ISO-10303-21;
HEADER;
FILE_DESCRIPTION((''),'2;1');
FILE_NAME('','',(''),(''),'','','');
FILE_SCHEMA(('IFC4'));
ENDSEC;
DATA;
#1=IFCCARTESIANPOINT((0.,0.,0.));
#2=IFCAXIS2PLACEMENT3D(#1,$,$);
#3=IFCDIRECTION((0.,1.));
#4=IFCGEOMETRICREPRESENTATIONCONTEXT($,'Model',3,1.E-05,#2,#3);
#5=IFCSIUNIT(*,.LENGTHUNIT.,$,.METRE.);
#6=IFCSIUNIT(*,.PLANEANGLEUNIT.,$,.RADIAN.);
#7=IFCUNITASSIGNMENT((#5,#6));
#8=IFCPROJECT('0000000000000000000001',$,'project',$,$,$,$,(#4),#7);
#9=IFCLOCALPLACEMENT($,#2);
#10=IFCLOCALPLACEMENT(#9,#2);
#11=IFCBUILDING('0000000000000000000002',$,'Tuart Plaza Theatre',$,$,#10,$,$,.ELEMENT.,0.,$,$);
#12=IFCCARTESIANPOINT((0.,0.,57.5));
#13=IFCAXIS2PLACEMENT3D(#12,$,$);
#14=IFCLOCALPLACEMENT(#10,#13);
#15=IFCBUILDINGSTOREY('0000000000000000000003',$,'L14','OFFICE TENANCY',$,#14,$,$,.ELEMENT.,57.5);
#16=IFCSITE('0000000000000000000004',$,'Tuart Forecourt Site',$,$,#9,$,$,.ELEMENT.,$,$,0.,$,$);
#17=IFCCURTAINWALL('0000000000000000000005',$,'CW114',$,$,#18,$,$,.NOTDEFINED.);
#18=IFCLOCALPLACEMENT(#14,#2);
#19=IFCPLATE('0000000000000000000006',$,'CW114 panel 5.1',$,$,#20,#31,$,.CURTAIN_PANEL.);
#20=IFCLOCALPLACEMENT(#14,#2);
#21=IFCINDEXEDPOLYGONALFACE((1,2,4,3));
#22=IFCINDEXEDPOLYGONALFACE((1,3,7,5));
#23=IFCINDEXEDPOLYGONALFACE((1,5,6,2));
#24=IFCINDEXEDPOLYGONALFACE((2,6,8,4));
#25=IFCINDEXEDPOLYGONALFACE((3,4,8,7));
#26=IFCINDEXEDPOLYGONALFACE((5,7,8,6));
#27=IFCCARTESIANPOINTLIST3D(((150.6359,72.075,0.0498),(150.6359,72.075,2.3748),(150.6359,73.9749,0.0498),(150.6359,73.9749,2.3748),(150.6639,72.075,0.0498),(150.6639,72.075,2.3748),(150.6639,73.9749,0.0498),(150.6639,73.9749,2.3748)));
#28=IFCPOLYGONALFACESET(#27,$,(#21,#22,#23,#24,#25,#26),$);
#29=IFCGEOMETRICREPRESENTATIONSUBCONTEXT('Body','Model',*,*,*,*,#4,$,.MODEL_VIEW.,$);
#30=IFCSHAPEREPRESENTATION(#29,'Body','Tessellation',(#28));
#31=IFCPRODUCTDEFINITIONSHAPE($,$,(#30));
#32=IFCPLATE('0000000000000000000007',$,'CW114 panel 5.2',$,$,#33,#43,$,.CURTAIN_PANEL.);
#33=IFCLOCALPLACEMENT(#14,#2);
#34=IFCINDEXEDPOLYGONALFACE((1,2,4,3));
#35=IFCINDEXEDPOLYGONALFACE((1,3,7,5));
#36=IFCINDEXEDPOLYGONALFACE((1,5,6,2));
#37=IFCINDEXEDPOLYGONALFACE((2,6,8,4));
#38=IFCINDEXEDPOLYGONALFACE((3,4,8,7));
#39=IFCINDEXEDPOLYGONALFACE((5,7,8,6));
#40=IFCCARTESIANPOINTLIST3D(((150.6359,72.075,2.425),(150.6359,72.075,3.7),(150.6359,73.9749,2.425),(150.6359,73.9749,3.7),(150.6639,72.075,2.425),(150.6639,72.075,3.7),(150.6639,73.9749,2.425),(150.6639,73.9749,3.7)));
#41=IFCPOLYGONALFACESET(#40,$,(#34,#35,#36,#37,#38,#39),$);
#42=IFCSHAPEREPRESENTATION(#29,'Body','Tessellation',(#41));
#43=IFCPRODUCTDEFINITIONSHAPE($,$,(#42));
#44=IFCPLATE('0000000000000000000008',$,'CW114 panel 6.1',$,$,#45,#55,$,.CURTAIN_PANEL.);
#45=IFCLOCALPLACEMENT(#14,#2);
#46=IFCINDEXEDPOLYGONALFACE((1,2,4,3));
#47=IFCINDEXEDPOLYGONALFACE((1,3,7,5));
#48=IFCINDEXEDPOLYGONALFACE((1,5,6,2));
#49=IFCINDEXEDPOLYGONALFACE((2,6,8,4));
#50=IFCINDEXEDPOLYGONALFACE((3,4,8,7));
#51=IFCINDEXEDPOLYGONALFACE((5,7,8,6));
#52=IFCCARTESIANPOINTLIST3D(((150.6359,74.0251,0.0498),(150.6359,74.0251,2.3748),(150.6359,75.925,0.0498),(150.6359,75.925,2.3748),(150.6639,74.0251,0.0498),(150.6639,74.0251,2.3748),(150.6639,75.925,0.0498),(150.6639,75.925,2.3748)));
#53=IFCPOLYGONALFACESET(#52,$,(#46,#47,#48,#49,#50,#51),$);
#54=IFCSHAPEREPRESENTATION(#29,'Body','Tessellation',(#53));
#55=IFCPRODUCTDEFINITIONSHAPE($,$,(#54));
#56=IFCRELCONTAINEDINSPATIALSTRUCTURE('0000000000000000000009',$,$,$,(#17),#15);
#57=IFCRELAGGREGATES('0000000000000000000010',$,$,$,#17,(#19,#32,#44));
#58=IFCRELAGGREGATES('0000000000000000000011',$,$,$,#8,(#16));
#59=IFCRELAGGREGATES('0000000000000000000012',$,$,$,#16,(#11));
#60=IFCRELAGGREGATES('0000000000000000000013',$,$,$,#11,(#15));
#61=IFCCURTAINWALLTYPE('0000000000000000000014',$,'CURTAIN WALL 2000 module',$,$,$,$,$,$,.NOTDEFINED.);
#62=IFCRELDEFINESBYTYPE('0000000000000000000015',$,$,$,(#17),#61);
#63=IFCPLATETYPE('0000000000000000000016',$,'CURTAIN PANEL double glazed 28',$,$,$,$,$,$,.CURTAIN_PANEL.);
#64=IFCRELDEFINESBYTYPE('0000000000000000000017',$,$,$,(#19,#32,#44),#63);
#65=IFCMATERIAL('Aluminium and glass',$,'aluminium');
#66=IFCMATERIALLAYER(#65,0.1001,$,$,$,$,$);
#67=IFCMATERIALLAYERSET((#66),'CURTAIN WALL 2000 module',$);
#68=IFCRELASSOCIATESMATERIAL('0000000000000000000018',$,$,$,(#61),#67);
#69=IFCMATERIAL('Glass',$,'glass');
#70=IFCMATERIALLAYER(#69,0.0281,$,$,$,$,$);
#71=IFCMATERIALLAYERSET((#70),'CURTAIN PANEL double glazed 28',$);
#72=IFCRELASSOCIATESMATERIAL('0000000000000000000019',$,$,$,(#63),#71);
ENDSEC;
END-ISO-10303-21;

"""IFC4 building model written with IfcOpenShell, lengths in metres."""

from ifc_helpers import new_model, si_unit, direction, frame, origin, origin_2d, place, context, subcontext, project, spatial, rectangle, extrude, material, layer, layer_set, type_object, element, aggregate, save


model = new_model("IFC4")

# Units and contexts
model_context = context("Model", 3, precision=1e-05, world=origin(), true_north=direction((0.0, 1.0)))
body_context = subcontext(model_context, "Body", "Model", "MODEL_VIEW")
ifc_project = project(units=[si_unit("LENGTHUNIT", "METRE"), si_unit("PLANEANGLEUNIT", "RADIAN")], contexts=[model_context])

# Site, building, storey
site_placement = place(None, origin())
site = spatial("IfcSite", under=ifc_project, at=site_placement, Name="Tuart Forecourt Site", CompositionType="ELEMENT", RefElevation=0.0)
building_placement = place(site_placement, origin())
building = spatial("IfcBuilding", under=site, at=building_placement, Name="Tuart Plaza Theatre", CompositionType="ELEMENT", ElevationOfRefHeight=0.0)
storey_placement = place(building_placement, frame((0.0, 0.0, 57.5)))
storey = spatial("IfcBuildingStorey", under=building, at=storey_placement, Name="L14", Description="OFFICE TENANCY", CompositionType="ELEMENT", Elevation=57.5)

# Curtain wall, plates
ifc_material_1 = material(Name="Aluminium and glass", Category="aluminium")
ifc_layer_1 = layer(ifc_material_1, 0.1001)
ifc_layer_set_1 = layer_set([ifc_layer_1], Name="CURTAIN WALL 2000 module")
curtain_wall_type = type_object("IfcCurtainWallType", Name="CURTAIN WALL 2000 module", PredefinedType="NOTDEFINED", material=ifc_layer_set_1)
curtain_wall_placement = place(storey_placement, origin())
curtain_wall = element("IfcCurtainWall", 1, at=curtain_wall_placement, inside=storey, type_object=curtain_wall_type, Name="CW114", PredefinedType="NOTDEFINED")
ifc_material_2 = material(Name="Glass", Category="glass")
ifc_layer_2 = layer(ifc_material_2, 0.0281)
ifc_layer_set_2 = layer_set([ifc_layer_2], Name="CURTAIN PANEL double glazed 28")
plate_type = type_object("IfcPlateType", Name="CURTAIN PANEL double glazed 28", PredefinedType="CURTAIN_PANEL", material=ifc_layer_set_2)
plate_1_placement = place(storey_placement, frame((150.6499, 73.0249, 0.0498), z_axis=(0.0, 0.0, 1.0), x_axis=(0.0, 1.0, 0.0)))
plate_1 = element("IfcPlate", 2, at=plate_1_placement, type_object=plate_type, Name="CW114 panel 5.1", PredefinedType="CURTAIN_PANEL", context=body_context, shape_type="SweptSolid", body=[
    extrude(rectangle(XDim=1.8999, YDim=0.0281, at=origin_2d()), origin(), (0.0, 0.0, 1.0), 2.325),
])
plate_2_placement = place(storey_placement, frame((150.6499, 73.0249, 2.425), z_axis=(0.0, 0.0, 1.0), x_axis=(0.0, 1.0, 0.0)))
plate_2 = element("IfcPlate", 3, at=plate_2_placement, type_object=plate_type, Name="CW114 panel 5.2", PredefinedType="CURTAIN_PANEL", context=body_context, shape_type="SweptSolid", body=[
    extrude(rectangle(XDim=1.8999, YDim=0.0281, at=origin_2d()), origin(), (0.0, 0.0, 1.0), 1.2749),
])
plate_3_placement = place(storey_placement, frame((150.6499, 74.9751, 0.0498), z_axis=(0.0, 0.0, 1.0), x_axis=(0.0, 1.0, 0.0)))
plate_3 = element("IfcPlate", 4, at=plate_3_placement, type_object=plate_type, Name="CW114 panel 6.1", PredefinedType="CURTAIN_PANEL", context=body_context, shape_type="SweptSolid", body=[
    extrude(rectangle(XDim=1.8999, YDim=0.0281, at=origin_2d()), origin(), (0.0, 0.0, 1.0), 2.325),
])
aggregate(curtain_wall, [plate_1, plate_2, plate_3])

save(model, "model.ifc")
